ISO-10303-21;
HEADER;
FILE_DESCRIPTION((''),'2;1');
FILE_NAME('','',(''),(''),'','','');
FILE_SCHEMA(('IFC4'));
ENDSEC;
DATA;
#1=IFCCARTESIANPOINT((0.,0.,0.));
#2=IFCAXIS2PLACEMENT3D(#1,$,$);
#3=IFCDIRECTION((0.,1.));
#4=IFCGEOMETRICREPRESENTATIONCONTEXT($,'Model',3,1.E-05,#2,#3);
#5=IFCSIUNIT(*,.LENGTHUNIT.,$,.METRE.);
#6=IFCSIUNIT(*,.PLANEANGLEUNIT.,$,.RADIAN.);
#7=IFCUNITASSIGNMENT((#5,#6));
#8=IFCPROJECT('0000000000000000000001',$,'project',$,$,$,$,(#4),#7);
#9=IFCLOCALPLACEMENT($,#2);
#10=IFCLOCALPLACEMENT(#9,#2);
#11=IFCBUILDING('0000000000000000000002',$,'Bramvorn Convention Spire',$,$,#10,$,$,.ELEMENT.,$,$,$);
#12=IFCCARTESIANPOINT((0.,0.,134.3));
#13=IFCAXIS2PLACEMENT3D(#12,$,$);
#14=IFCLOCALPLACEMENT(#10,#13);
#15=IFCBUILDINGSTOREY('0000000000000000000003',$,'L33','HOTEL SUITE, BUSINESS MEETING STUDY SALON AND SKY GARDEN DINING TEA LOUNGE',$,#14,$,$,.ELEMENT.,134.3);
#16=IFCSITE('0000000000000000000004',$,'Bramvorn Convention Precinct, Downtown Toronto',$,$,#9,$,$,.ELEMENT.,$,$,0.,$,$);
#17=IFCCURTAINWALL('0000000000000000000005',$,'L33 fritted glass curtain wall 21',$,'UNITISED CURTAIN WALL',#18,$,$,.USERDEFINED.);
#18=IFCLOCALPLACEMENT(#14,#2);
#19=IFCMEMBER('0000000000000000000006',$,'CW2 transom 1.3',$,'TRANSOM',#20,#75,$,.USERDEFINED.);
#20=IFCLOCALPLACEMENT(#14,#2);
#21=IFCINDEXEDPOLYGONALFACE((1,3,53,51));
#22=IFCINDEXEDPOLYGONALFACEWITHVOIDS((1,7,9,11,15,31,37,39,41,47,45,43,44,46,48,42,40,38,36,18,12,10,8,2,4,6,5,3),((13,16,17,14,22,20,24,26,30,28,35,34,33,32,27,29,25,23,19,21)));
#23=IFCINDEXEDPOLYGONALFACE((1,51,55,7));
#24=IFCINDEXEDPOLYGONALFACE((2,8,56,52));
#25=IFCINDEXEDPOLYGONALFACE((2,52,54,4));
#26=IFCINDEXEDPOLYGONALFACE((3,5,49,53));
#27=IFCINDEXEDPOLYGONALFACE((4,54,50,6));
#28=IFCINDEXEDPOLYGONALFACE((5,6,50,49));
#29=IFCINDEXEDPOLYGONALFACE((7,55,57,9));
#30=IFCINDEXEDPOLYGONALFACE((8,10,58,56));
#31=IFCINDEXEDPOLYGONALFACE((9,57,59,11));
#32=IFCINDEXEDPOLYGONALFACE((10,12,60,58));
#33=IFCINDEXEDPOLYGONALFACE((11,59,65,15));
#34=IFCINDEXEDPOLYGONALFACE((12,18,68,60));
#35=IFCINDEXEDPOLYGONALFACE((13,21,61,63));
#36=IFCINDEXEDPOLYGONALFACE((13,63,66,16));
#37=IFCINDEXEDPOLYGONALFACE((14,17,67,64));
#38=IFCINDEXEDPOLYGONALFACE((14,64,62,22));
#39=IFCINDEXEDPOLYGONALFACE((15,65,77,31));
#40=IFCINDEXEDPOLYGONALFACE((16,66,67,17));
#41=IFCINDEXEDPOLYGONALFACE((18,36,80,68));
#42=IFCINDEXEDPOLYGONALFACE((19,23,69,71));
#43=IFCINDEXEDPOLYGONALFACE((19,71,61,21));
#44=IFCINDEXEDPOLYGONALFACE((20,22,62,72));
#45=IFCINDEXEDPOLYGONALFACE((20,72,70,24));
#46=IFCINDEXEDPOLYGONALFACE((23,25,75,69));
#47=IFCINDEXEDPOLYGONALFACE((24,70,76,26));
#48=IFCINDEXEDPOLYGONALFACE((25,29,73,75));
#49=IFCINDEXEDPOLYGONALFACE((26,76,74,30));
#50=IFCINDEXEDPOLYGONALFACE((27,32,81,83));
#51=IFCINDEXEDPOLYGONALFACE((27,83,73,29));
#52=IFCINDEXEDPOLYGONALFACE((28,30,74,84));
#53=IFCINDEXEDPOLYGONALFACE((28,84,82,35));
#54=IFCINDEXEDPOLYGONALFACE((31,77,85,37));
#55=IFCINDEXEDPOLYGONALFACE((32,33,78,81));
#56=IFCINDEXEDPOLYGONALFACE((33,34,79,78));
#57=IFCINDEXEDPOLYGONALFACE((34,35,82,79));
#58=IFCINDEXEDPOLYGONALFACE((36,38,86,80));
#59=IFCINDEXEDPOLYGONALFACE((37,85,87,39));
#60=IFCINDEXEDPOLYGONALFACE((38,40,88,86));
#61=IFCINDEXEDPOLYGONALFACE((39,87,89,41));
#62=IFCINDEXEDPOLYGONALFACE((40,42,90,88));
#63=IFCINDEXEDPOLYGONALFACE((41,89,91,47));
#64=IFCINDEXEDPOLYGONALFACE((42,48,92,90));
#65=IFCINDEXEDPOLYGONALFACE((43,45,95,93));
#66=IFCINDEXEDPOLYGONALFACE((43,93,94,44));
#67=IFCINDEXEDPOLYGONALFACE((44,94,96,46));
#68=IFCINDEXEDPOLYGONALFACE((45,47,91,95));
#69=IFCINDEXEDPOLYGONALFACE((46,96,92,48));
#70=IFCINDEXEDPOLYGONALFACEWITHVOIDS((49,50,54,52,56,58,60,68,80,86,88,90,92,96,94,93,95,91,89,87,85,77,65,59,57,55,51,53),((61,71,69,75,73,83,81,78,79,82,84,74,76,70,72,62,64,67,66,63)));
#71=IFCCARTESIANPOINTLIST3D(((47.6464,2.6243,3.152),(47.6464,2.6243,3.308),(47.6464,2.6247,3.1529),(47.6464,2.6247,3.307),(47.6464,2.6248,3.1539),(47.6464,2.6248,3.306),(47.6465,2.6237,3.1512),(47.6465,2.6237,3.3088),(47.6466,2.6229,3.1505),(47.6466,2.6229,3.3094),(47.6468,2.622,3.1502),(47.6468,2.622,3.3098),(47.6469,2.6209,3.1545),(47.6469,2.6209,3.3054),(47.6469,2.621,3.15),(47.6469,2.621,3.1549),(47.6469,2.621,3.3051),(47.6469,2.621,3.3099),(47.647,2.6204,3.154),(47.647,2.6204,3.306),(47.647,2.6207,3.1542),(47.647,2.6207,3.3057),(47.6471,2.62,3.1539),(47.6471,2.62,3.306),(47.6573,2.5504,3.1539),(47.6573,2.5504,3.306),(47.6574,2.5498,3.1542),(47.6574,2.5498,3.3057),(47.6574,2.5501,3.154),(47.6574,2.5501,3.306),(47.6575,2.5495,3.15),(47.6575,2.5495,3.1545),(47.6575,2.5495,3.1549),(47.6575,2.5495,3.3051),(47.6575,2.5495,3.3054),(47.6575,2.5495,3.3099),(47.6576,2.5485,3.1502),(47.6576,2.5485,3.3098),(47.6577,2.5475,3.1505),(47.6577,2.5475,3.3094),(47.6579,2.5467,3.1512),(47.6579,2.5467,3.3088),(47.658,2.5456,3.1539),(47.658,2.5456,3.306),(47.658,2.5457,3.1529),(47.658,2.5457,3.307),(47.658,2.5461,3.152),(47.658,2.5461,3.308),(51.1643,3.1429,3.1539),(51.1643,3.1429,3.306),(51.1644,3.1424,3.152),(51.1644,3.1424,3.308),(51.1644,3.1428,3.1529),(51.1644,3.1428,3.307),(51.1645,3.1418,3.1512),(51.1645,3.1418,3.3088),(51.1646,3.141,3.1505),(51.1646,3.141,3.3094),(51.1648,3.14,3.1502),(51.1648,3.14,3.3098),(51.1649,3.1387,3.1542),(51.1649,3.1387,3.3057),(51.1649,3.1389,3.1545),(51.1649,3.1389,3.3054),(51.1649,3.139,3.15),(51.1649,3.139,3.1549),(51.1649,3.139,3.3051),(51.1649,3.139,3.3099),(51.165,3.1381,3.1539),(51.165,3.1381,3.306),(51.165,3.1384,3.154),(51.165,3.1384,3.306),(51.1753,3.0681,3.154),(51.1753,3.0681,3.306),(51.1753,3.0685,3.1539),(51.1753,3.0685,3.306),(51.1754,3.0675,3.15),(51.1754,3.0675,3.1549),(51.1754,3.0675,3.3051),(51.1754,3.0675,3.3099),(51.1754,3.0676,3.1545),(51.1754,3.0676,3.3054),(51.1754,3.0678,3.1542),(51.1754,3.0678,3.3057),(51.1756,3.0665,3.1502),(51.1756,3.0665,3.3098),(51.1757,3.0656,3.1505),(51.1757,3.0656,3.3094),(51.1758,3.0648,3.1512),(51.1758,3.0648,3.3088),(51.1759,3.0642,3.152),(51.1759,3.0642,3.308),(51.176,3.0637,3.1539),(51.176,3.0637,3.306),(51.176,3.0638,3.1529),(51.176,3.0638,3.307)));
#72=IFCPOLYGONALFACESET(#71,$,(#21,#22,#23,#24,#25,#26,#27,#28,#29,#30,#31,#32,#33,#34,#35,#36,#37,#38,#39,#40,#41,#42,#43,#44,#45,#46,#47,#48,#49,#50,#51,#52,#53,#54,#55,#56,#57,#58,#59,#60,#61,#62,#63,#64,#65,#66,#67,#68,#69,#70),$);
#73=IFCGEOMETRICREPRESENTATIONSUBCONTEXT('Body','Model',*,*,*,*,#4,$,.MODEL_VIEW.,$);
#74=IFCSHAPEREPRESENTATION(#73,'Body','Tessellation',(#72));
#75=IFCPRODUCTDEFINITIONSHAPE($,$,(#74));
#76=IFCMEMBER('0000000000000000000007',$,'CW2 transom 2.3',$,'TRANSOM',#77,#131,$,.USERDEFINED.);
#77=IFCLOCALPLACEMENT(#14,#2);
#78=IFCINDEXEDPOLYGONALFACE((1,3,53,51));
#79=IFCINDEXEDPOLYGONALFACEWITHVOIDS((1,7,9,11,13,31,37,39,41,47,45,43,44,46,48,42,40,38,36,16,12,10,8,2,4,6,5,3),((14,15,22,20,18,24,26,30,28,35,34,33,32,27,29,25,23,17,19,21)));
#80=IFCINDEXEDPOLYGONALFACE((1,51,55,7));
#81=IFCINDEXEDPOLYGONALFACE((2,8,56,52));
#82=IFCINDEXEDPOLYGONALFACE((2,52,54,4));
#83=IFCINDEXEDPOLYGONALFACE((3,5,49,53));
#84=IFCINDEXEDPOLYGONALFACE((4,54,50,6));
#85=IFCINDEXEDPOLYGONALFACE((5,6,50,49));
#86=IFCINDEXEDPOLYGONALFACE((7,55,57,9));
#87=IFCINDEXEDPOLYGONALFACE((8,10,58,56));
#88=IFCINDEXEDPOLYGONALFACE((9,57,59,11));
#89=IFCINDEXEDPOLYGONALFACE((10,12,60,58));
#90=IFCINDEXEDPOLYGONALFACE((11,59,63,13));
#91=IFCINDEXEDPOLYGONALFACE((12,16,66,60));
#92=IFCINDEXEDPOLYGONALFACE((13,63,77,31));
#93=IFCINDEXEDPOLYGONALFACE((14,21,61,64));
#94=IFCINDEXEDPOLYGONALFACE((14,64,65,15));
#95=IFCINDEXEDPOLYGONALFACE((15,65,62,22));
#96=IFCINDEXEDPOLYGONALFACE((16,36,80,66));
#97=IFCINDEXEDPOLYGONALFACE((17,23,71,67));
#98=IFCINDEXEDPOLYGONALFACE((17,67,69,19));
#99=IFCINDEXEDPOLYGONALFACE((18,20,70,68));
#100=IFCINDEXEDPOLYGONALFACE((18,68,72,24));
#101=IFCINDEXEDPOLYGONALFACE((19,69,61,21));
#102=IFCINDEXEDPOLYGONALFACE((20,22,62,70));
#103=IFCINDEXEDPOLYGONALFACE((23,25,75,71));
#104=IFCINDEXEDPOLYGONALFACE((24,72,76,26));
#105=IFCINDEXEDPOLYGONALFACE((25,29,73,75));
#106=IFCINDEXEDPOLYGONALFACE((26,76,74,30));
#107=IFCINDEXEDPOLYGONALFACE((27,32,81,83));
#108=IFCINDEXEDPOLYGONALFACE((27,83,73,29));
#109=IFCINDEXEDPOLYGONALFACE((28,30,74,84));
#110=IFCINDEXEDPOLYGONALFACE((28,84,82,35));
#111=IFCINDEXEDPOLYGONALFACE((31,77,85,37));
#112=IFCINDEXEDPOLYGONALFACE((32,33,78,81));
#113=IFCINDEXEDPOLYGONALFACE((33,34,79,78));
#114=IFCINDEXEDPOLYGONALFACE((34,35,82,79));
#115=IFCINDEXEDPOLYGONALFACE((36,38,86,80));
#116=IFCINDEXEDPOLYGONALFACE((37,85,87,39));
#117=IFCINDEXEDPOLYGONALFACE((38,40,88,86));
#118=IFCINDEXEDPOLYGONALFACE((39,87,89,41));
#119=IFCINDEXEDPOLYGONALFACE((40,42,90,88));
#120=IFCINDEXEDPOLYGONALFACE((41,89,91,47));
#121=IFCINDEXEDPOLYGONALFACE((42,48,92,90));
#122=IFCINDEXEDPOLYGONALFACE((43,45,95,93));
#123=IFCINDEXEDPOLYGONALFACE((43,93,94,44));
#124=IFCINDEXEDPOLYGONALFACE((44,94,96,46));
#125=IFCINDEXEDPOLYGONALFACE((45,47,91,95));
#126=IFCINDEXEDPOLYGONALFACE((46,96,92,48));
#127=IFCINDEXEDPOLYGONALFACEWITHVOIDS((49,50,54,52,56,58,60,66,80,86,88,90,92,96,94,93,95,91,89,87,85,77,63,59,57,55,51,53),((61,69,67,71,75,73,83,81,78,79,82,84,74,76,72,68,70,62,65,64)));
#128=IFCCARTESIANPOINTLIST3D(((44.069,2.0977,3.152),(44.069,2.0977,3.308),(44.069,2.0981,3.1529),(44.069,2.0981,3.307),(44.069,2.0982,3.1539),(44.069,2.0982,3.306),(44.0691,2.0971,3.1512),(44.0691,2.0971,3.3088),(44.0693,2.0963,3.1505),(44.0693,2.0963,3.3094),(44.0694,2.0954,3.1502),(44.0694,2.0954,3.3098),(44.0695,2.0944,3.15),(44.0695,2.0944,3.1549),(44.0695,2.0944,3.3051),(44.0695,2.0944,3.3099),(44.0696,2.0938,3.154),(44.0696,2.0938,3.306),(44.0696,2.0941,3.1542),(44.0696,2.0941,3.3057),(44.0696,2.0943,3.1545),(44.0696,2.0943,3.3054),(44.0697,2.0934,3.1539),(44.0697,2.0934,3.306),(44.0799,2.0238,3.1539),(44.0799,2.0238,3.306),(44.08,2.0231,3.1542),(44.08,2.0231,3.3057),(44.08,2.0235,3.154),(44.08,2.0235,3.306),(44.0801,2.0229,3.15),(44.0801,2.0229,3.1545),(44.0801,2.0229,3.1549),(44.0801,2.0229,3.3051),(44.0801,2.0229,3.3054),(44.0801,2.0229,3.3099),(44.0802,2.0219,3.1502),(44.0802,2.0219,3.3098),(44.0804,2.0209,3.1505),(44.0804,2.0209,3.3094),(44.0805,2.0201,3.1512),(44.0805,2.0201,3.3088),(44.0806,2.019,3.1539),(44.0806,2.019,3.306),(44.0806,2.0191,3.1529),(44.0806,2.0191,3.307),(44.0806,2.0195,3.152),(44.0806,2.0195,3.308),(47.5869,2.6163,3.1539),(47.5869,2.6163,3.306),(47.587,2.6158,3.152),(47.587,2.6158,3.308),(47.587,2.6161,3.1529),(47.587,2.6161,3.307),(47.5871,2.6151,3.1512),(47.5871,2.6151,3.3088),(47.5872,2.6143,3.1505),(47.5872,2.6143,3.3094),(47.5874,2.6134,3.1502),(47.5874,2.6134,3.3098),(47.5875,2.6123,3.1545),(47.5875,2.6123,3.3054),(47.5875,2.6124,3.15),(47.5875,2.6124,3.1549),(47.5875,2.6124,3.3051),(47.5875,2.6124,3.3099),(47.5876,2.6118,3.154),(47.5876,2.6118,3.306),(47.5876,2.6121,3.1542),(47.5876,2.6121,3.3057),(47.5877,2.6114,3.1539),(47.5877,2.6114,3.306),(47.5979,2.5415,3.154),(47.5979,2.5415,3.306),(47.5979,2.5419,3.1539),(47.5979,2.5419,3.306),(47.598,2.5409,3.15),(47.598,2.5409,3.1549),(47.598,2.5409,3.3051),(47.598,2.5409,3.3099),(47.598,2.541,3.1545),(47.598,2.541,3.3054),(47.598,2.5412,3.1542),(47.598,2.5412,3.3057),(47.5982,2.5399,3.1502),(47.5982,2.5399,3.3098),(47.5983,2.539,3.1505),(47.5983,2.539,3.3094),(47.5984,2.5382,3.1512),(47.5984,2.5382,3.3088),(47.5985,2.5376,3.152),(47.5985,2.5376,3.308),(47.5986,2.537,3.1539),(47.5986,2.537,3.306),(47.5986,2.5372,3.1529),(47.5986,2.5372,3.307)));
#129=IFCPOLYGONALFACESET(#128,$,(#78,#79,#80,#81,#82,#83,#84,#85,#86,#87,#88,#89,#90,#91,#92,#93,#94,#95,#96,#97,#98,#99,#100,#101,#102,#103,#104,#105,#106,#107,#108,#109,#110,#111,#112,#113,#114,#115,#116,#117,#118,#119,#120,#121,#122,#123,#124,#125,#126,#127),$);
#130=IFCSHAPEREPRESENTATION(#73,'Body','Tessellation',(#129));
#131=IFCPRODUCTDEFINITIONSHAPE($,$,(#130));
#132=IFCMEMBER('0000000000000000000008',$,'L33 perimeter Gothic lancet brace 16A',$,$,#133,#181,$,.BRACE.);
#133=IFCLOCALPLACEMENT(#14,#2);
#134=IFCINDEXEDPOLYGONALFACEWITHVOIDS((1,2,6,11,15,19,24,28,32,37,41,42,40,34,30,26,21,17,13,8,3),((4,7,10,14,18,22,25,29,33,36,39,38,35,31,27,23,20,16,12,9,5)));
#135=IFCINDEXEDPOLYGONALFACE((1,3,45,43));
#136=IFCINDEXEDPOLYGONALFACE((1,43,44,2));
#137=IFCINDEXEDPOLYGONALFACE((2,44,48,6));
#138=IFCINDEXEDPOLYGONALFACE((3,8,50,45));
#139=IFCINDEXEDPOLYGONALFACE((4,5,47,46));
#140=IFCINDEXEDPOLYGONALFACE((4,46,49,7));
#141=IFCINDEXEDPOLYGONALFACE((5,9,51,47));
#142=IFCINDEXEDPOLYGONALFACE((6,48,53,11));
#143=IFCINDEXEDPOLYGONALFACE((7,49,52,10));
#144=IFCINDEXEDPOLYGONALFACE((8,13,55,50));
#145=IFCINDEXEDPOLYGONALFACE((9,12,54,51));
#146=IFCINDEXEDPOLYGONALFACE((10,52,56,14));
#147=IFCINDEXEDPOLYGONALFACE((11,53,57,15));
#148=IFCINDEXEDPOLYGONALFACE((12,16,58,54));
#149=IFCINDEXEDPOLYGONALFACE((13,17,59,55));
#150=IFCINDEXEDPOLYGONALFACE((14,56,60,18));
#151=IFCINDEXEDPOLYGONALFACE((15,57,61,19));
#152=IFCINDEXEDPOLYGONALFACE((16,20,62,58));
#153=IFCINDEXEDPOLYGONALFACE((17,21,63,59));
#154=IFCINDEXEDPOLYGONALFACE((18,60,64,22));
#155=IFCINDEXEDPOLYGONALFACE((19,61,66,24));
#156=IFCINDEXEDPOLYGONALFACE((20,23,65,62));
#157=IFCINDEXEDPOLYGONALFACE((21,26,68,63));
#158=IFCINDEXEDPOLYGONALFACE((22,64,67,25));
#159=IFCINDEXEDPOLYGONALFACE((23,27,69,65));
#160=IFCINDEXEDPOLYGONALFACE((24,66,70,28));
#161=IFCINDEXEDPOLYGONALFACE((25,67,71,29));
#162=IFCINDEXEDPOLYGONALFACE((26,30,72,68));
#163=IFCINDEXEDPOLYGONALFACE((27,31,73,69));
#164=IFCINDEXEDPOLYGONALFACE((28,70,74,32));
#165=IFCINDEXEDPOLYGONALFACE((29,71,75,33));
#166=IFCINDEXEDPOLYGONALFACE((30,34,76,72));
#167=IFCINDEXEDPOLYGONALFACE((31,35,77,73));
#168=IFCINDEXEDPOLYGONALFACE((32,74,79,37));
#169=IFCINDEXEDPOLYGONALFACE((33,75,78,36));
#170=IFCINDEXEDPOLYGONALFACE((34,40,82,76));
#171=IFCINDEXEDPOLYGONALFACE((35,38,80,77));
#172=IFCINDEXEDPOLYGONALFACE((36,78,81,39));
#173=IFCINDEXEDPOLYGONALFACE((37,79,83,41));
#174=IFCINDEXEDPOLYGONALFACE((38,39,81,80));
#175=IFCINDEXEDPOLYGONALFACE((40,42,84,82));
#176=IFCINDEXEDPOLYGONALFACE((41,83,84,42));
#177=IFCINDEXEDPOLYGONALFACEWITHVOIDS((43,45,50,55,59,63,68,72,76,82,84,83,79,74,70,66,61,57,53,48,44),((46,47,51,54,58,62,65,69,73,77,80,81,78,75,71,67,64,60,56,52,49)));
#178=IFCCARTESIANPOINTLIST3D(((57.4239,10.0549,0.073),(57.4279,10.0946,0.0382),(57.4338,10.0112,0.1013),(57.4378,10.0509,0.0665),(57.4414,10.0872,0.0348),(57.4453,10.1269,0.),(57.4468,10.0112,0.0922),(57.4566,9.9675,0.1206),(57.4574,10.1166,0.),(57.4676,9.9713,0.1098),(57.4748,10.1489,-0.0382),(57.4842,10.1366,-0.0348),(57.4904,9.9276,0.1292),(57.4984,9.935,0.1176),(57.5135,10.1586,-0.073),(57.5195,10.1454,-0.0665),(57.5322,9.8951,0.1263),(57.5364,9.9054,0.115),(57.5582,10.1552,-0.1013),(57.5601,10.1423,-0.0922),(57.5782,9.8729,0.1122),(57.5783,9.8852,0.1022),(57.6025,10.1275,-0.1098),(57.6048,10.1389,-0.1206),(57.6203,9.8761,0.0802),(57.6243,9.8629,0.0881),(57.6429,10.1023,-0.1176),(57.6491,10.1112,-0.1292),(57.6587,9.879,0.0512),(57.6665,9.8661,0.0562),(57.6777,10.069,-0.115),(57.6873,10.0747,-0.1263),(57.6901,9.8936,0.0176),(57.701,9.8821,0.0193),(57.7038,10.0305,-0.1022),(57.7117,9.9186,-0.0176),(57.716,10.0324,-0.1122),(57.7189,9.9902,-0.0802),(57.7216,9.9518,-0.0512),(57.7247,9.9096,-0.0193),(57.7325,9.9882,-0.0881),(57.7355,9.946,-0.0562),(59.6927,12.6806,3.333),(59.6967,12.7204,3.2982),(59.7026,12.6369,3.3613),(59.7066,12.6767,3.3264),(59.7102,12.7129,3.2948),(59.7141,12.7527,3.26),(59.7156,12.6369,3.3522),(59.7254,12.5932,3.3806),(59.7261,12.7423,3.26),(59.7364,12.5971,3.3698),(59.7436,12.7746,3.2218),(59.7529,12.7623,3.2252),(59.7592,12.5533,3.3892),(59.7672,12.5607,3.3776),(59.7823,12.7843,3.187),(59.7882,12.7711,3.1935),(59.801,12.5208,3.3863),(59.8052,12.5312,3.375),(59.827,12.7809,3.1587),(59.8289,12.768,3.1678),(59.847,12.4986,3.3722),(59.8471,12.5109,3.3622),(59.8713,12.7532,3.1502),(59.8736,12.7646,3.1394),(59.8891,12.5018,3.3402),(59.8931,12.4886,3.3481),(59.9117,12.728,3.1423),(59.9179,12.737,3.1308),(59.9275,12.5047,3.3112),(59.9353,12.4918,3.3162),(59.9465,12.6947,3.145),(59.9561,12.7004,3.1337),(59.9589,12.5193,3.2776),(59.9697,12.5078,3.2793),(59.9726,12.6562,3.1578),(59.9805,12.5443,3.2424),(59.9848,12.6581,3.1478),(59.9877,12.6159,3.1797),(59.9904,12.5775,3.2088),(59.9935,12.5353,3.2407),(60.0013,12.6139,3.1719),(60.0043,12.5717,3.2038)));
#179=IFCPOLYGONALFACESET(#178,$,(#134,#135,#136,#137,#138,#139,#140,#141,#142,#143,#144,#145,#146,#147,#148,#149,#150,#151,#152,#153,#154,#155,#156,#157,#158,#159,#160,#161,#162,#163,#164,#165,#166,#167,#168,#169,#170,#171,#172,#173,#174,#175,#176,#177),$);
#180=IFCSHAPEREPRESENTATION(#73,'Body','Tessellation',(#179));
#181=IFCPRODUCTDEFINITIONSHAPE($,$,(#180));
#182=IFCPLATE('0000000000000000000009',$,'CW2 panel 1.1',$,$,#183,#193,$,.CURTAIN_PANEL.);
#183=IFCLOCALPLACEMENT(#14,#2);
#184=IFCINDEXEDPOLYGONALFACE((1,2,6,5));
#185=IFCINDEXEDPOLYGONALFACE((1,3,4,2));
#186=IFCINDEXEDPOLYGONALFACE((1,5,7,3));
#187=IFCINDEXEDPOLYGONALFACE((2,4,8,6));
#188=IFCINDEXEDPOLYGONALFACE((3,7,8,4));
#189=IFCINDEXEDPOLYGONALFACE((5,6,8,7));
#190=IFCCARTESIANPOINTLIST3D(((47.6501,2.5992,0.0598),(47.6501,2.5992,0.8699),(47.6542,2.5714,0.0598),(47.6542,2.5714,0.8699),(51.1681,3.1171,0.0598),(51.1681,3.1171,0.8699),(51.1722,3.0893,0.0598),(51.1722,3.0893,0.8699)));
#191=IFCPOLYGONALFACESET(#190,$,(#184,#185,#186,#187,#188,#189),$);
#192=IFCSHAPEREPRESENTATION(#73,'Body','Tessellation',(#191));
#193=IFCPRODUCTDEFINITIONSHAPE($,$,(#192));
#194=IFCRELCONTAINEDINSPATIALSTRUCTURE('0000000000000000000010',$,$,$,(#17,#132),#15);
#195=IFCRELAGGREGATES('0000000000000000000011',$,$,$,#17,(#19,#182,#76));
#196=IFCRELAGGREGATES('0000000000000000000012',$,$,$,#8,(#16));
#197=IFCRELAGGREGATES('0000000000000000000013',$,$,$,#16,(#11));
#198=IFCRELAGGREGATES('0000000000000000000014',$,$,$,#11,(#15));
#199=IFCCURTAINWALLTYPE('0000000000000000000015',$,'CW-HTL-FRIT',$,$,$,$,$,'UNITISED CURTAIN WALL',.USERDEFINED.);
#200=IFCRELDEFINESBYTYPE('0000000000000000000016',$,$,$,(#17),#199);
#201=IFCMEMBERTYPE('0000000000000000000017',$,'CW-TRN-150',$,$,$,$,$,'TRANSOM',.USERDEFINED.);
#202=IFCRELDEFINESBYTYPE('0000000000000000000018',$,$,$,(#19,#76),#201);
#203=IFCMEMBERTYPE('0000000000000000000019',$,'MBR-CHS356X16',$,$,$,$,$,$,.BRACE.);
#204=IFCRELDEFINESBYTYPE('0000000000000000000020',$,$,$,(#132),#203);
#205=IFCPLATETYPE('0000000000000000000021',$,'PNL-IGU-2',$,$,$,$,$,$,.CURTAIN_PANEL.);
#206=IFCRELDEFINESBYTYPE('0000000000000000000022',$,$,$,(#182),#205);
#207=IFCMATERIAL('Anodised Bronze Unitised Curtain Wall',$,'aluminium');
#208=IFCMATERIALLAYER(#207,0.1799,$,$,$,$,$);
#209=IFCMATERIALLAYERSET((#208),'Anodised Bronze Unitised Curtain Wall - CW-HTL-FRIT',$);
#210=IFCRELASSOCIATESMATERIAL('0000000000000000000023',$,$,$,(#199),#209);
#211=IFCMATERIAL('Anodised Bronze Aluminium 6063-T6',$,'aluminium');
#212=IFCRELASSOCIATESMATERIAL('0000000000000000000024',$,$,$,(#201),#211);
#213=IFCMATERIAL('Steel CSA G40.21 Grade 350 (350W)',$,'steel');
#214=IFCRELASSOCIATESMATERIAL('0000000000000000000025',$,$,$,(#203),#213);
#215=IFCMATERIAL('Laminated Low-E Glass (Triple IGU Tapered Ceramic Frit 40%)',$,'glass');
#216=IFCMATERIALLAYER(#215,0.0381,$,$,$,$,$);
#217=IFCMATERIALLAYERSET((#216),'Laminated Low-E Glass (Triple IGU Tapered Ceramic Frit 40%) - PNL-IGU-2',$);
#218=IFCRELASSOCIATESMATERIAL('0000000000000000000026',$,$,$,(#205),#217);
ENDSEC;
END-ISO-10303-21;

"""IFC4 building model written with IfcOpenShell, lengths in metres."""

from ifc_helpers import new_model, si_unit, direction, frame, origin, origin_2d, place, context, subcontext, project, spatial, rectangle, hollow_rectangle, hollow_circle, extrude, material, layer, layer_set, material_profile, profile_set, type_object, element, aggregate, save


model = new_model("IFC4")

# Units and contexts
model_context = context("Model", 3, precision=1e-05, world=origin(), true_north=direction((0.0, 1.0)))
body_context = subcontext(model_context, "Body", "Model", "MODEL_VIEW")
ifc_project = project(units=[si_unit("LENGTHUNIT", "METRE"), si_unit("PLANEANGLEUNIT", "RADIAN")], contexts=[model_context])

# Site, building, storey
site_placement = place(None, origin())
site = spatial("IfcSite", under=ifc_project, at=site_placement, Name="Bramvorn Convention Precinct, Downtown Toronto", CompositionType="ELEMENT", RefElevation=0.0)
building_placement = place(site_placement, origin())
building = spatial("IfcBuilding", under=site, at=building_placement, Name="Bramvorn Convention Spire", CompositionType="ELEMENT")
storey_placement = place(building_placement, frame((0.0, 0.0, 134.3)))
storey = spatial("IfcBuildingStorey", under=building, at=storey_placement, Name="L33", Description="HOTEL SUITE, BUSINESS MEETING STUDY SALON AND SKY GARDEN DINING TEA LOUNGE", CompositionType="ELEMENT", Elevation=134.3)

# Shared definitions
ifc_material_1 = material(Name="Steel CSA G40.21 Grade 350 (350W)", Category="steel")

# Curtain wall, members
ifc_material_2 = material(Name="Anodised Bronze Unitised Curtain Wall", Category="aluminium")
ifc_layer_1 = layer(ifc_material_2, 0.1799)
ifc_layer_set_1 = layer_set([ifc_layer_1], Name="Anodised Bronze Unitised Curtain Wall - CW-HTL-FRIT")
curtain_wall_type = type_object("IfcCurtainWallType", Name="CW-HTL-FRIT", ElementType="UNITISED CURTAIN WALL", PredefinedType="USERDEFINED", material=ifc_layer_set_1)
curtain_wall_placement = place(storey_placement, origin())
curtain_wall = element("IfcCurtainWall", 1, at=curtain_wall_placement, inside=storey, type_object=curtain_wall_type, Name="L33 fritted glass curtain wall 21", ObjectType="UNITISED CURTAIN WALL", PredefinedType="USERDEFINED")
ifc_material_3 = material(Name="Anodised Bronze Aluminium 6063-T6", Category="aluminium")
ifc_material_profile_1 = material_profile(ifc_material_3, hollow_rectangle(XDim=0.0801, YDim=0.1599, WallThickness=0.0039, InnerFilletRadius=0.001, OuterFilletRadius=0.0039, at=origin_2d()))
ifc_profile_set_1 = profile_set([ifc_material_profile_1], Name="Anodised Bronze Aluminium 6063-T6 - CWT80X160")
member_type_1 = type_object("IfcMemberType", Name="CW-TRN-150", ElementType="TRANSOM", PredefinedType="USERDEFINED", material=ifc_profile_set_1)
member_1_placement = place(storey_placement, frame((51.1702, 3.1033, 3.23), z_axis=(-0.989331, -0.145688, 0.0), x_axis=(0.145688, -0.989331, 0.0)))
member_1 = element("IfcMember", 2, at=member_1_placement, type_object=member_type_1, Name="CW2 transom 1.3", ObjectType="TRANSOM", PredefinedType="USERDEFINED", context=body_context, shape_type="SweptSolid", body=[
    extrude(hollow_rectangle(XDim=0.0801, YDim=0.1599, WallThickness=0.0039, InnerFilletRadius=0.001, OuterFilletRadius=0.0039, at=origin_2d()), origin(), (0.0, 0.0, 1.0), 3.5559),
])
member_2_placement = place(storey_placement, frame((47.5928, 2.5767, 3.23), z_axis=(-0.989331, -0.145688, 0.0), x_axis=(0.145688, -0.989331, 0.0)))
member_2 = element("IfcMember", 3, at=member_2_placement, type_object=member_type_1, Name="CW2 transom 2.3", ObjectType="TRANSOM", PredefinedType="USERDEFINED", context=body_context, shape_type="SweptSolid", body=[
    extrude(hollow_rectangle(XDim=0.0801, YDim=0.1599, WallThickness=0.0039, InnerFilletRadius=0.001, OuterFilletRadius=0.0039, at=origin_2d()), origin(), (0.0, 0.0, 1.0), 3.5559),
])

# Member
ifc_material_profile_2 = material_profile(ifc_material_1, hollow_circle(Radius=0.1777, WallThickness=0.0159, at=origin_2d()))
ifc_profile_set_2 = profile_set([ifc_material_profile_2], Name="Steel CSA G40.21 Grade 350 (350W) - CHS356X16")
member_type_2 = type_object("IfcMemberType", Name="MBR-CHS356X16", PredefinedType="BRACE", material=ifc_profile_set_2)
member_3_placement = place(storey_placement, frame((57.5798, 10.0107, 0.0), z_axis=(0.476512, 0.551479, 0.684695), x_axis=(-0.756663, 0.653805, 0.0)))
element("IfcMember", 4, at=member_3_placement, inside=storey, type_object=member_type_2, Name="L33 perimeter Gothic lancet brace 16A", PredefinedType="BRACE", context=body_context, shape_type="SweptSolid", body=[
    extrude(hollow_circle(Radius=0.1777, WallThickness=0.0159, at=origin_2d()), origin(), (0.0, 0.0, 1.0), 4.7612),
])

# Plate
ifc_material_4 = material(Name="Laminated Low-E Glass (Triple IGU Tapered Ceramic Frit 40%)", Category="glass")
ifc_layer_2 = layer(ifc_material_4, 0.0381)
ifc_layer_set_2 = layer_set([ifc_layer_2], Name="Laminated Low-E Glass (Triple IGU Tapered Ceramic Frit 40%) - PNL-IGU-2")
plate_type = type_object("IfcPlateType", Name="PNL-IGU-2", PredefinedType="CURTAIN_PANEL", material=ifc_layer_set_2)
plate_1_placement = place(storey_placement, frame((49.4111, 2.8442, 0.0598), z_axis=(0.0, 0.0, 1.0), x_axis=(-0.989335, -0.145655, 0.0)))
plate_1 = element("IfcPlate", 5, at=plate_1_placement, type_object=plate_type, Name="CW2 panel 1.1", PredefinedType="CURTAIN_PANEL", context=body_context, shape_type="SweptSolid", body=[
    extrude(rectangle(XDim=3.5559, YDim=0.0281, at=origin_2d()), origin(), (0.0, 0.0, 1.0), 0.8101),
])
aggregate(curtain_wall, [member_1, plate_1, member_2])

save(model, "model.ifc")
